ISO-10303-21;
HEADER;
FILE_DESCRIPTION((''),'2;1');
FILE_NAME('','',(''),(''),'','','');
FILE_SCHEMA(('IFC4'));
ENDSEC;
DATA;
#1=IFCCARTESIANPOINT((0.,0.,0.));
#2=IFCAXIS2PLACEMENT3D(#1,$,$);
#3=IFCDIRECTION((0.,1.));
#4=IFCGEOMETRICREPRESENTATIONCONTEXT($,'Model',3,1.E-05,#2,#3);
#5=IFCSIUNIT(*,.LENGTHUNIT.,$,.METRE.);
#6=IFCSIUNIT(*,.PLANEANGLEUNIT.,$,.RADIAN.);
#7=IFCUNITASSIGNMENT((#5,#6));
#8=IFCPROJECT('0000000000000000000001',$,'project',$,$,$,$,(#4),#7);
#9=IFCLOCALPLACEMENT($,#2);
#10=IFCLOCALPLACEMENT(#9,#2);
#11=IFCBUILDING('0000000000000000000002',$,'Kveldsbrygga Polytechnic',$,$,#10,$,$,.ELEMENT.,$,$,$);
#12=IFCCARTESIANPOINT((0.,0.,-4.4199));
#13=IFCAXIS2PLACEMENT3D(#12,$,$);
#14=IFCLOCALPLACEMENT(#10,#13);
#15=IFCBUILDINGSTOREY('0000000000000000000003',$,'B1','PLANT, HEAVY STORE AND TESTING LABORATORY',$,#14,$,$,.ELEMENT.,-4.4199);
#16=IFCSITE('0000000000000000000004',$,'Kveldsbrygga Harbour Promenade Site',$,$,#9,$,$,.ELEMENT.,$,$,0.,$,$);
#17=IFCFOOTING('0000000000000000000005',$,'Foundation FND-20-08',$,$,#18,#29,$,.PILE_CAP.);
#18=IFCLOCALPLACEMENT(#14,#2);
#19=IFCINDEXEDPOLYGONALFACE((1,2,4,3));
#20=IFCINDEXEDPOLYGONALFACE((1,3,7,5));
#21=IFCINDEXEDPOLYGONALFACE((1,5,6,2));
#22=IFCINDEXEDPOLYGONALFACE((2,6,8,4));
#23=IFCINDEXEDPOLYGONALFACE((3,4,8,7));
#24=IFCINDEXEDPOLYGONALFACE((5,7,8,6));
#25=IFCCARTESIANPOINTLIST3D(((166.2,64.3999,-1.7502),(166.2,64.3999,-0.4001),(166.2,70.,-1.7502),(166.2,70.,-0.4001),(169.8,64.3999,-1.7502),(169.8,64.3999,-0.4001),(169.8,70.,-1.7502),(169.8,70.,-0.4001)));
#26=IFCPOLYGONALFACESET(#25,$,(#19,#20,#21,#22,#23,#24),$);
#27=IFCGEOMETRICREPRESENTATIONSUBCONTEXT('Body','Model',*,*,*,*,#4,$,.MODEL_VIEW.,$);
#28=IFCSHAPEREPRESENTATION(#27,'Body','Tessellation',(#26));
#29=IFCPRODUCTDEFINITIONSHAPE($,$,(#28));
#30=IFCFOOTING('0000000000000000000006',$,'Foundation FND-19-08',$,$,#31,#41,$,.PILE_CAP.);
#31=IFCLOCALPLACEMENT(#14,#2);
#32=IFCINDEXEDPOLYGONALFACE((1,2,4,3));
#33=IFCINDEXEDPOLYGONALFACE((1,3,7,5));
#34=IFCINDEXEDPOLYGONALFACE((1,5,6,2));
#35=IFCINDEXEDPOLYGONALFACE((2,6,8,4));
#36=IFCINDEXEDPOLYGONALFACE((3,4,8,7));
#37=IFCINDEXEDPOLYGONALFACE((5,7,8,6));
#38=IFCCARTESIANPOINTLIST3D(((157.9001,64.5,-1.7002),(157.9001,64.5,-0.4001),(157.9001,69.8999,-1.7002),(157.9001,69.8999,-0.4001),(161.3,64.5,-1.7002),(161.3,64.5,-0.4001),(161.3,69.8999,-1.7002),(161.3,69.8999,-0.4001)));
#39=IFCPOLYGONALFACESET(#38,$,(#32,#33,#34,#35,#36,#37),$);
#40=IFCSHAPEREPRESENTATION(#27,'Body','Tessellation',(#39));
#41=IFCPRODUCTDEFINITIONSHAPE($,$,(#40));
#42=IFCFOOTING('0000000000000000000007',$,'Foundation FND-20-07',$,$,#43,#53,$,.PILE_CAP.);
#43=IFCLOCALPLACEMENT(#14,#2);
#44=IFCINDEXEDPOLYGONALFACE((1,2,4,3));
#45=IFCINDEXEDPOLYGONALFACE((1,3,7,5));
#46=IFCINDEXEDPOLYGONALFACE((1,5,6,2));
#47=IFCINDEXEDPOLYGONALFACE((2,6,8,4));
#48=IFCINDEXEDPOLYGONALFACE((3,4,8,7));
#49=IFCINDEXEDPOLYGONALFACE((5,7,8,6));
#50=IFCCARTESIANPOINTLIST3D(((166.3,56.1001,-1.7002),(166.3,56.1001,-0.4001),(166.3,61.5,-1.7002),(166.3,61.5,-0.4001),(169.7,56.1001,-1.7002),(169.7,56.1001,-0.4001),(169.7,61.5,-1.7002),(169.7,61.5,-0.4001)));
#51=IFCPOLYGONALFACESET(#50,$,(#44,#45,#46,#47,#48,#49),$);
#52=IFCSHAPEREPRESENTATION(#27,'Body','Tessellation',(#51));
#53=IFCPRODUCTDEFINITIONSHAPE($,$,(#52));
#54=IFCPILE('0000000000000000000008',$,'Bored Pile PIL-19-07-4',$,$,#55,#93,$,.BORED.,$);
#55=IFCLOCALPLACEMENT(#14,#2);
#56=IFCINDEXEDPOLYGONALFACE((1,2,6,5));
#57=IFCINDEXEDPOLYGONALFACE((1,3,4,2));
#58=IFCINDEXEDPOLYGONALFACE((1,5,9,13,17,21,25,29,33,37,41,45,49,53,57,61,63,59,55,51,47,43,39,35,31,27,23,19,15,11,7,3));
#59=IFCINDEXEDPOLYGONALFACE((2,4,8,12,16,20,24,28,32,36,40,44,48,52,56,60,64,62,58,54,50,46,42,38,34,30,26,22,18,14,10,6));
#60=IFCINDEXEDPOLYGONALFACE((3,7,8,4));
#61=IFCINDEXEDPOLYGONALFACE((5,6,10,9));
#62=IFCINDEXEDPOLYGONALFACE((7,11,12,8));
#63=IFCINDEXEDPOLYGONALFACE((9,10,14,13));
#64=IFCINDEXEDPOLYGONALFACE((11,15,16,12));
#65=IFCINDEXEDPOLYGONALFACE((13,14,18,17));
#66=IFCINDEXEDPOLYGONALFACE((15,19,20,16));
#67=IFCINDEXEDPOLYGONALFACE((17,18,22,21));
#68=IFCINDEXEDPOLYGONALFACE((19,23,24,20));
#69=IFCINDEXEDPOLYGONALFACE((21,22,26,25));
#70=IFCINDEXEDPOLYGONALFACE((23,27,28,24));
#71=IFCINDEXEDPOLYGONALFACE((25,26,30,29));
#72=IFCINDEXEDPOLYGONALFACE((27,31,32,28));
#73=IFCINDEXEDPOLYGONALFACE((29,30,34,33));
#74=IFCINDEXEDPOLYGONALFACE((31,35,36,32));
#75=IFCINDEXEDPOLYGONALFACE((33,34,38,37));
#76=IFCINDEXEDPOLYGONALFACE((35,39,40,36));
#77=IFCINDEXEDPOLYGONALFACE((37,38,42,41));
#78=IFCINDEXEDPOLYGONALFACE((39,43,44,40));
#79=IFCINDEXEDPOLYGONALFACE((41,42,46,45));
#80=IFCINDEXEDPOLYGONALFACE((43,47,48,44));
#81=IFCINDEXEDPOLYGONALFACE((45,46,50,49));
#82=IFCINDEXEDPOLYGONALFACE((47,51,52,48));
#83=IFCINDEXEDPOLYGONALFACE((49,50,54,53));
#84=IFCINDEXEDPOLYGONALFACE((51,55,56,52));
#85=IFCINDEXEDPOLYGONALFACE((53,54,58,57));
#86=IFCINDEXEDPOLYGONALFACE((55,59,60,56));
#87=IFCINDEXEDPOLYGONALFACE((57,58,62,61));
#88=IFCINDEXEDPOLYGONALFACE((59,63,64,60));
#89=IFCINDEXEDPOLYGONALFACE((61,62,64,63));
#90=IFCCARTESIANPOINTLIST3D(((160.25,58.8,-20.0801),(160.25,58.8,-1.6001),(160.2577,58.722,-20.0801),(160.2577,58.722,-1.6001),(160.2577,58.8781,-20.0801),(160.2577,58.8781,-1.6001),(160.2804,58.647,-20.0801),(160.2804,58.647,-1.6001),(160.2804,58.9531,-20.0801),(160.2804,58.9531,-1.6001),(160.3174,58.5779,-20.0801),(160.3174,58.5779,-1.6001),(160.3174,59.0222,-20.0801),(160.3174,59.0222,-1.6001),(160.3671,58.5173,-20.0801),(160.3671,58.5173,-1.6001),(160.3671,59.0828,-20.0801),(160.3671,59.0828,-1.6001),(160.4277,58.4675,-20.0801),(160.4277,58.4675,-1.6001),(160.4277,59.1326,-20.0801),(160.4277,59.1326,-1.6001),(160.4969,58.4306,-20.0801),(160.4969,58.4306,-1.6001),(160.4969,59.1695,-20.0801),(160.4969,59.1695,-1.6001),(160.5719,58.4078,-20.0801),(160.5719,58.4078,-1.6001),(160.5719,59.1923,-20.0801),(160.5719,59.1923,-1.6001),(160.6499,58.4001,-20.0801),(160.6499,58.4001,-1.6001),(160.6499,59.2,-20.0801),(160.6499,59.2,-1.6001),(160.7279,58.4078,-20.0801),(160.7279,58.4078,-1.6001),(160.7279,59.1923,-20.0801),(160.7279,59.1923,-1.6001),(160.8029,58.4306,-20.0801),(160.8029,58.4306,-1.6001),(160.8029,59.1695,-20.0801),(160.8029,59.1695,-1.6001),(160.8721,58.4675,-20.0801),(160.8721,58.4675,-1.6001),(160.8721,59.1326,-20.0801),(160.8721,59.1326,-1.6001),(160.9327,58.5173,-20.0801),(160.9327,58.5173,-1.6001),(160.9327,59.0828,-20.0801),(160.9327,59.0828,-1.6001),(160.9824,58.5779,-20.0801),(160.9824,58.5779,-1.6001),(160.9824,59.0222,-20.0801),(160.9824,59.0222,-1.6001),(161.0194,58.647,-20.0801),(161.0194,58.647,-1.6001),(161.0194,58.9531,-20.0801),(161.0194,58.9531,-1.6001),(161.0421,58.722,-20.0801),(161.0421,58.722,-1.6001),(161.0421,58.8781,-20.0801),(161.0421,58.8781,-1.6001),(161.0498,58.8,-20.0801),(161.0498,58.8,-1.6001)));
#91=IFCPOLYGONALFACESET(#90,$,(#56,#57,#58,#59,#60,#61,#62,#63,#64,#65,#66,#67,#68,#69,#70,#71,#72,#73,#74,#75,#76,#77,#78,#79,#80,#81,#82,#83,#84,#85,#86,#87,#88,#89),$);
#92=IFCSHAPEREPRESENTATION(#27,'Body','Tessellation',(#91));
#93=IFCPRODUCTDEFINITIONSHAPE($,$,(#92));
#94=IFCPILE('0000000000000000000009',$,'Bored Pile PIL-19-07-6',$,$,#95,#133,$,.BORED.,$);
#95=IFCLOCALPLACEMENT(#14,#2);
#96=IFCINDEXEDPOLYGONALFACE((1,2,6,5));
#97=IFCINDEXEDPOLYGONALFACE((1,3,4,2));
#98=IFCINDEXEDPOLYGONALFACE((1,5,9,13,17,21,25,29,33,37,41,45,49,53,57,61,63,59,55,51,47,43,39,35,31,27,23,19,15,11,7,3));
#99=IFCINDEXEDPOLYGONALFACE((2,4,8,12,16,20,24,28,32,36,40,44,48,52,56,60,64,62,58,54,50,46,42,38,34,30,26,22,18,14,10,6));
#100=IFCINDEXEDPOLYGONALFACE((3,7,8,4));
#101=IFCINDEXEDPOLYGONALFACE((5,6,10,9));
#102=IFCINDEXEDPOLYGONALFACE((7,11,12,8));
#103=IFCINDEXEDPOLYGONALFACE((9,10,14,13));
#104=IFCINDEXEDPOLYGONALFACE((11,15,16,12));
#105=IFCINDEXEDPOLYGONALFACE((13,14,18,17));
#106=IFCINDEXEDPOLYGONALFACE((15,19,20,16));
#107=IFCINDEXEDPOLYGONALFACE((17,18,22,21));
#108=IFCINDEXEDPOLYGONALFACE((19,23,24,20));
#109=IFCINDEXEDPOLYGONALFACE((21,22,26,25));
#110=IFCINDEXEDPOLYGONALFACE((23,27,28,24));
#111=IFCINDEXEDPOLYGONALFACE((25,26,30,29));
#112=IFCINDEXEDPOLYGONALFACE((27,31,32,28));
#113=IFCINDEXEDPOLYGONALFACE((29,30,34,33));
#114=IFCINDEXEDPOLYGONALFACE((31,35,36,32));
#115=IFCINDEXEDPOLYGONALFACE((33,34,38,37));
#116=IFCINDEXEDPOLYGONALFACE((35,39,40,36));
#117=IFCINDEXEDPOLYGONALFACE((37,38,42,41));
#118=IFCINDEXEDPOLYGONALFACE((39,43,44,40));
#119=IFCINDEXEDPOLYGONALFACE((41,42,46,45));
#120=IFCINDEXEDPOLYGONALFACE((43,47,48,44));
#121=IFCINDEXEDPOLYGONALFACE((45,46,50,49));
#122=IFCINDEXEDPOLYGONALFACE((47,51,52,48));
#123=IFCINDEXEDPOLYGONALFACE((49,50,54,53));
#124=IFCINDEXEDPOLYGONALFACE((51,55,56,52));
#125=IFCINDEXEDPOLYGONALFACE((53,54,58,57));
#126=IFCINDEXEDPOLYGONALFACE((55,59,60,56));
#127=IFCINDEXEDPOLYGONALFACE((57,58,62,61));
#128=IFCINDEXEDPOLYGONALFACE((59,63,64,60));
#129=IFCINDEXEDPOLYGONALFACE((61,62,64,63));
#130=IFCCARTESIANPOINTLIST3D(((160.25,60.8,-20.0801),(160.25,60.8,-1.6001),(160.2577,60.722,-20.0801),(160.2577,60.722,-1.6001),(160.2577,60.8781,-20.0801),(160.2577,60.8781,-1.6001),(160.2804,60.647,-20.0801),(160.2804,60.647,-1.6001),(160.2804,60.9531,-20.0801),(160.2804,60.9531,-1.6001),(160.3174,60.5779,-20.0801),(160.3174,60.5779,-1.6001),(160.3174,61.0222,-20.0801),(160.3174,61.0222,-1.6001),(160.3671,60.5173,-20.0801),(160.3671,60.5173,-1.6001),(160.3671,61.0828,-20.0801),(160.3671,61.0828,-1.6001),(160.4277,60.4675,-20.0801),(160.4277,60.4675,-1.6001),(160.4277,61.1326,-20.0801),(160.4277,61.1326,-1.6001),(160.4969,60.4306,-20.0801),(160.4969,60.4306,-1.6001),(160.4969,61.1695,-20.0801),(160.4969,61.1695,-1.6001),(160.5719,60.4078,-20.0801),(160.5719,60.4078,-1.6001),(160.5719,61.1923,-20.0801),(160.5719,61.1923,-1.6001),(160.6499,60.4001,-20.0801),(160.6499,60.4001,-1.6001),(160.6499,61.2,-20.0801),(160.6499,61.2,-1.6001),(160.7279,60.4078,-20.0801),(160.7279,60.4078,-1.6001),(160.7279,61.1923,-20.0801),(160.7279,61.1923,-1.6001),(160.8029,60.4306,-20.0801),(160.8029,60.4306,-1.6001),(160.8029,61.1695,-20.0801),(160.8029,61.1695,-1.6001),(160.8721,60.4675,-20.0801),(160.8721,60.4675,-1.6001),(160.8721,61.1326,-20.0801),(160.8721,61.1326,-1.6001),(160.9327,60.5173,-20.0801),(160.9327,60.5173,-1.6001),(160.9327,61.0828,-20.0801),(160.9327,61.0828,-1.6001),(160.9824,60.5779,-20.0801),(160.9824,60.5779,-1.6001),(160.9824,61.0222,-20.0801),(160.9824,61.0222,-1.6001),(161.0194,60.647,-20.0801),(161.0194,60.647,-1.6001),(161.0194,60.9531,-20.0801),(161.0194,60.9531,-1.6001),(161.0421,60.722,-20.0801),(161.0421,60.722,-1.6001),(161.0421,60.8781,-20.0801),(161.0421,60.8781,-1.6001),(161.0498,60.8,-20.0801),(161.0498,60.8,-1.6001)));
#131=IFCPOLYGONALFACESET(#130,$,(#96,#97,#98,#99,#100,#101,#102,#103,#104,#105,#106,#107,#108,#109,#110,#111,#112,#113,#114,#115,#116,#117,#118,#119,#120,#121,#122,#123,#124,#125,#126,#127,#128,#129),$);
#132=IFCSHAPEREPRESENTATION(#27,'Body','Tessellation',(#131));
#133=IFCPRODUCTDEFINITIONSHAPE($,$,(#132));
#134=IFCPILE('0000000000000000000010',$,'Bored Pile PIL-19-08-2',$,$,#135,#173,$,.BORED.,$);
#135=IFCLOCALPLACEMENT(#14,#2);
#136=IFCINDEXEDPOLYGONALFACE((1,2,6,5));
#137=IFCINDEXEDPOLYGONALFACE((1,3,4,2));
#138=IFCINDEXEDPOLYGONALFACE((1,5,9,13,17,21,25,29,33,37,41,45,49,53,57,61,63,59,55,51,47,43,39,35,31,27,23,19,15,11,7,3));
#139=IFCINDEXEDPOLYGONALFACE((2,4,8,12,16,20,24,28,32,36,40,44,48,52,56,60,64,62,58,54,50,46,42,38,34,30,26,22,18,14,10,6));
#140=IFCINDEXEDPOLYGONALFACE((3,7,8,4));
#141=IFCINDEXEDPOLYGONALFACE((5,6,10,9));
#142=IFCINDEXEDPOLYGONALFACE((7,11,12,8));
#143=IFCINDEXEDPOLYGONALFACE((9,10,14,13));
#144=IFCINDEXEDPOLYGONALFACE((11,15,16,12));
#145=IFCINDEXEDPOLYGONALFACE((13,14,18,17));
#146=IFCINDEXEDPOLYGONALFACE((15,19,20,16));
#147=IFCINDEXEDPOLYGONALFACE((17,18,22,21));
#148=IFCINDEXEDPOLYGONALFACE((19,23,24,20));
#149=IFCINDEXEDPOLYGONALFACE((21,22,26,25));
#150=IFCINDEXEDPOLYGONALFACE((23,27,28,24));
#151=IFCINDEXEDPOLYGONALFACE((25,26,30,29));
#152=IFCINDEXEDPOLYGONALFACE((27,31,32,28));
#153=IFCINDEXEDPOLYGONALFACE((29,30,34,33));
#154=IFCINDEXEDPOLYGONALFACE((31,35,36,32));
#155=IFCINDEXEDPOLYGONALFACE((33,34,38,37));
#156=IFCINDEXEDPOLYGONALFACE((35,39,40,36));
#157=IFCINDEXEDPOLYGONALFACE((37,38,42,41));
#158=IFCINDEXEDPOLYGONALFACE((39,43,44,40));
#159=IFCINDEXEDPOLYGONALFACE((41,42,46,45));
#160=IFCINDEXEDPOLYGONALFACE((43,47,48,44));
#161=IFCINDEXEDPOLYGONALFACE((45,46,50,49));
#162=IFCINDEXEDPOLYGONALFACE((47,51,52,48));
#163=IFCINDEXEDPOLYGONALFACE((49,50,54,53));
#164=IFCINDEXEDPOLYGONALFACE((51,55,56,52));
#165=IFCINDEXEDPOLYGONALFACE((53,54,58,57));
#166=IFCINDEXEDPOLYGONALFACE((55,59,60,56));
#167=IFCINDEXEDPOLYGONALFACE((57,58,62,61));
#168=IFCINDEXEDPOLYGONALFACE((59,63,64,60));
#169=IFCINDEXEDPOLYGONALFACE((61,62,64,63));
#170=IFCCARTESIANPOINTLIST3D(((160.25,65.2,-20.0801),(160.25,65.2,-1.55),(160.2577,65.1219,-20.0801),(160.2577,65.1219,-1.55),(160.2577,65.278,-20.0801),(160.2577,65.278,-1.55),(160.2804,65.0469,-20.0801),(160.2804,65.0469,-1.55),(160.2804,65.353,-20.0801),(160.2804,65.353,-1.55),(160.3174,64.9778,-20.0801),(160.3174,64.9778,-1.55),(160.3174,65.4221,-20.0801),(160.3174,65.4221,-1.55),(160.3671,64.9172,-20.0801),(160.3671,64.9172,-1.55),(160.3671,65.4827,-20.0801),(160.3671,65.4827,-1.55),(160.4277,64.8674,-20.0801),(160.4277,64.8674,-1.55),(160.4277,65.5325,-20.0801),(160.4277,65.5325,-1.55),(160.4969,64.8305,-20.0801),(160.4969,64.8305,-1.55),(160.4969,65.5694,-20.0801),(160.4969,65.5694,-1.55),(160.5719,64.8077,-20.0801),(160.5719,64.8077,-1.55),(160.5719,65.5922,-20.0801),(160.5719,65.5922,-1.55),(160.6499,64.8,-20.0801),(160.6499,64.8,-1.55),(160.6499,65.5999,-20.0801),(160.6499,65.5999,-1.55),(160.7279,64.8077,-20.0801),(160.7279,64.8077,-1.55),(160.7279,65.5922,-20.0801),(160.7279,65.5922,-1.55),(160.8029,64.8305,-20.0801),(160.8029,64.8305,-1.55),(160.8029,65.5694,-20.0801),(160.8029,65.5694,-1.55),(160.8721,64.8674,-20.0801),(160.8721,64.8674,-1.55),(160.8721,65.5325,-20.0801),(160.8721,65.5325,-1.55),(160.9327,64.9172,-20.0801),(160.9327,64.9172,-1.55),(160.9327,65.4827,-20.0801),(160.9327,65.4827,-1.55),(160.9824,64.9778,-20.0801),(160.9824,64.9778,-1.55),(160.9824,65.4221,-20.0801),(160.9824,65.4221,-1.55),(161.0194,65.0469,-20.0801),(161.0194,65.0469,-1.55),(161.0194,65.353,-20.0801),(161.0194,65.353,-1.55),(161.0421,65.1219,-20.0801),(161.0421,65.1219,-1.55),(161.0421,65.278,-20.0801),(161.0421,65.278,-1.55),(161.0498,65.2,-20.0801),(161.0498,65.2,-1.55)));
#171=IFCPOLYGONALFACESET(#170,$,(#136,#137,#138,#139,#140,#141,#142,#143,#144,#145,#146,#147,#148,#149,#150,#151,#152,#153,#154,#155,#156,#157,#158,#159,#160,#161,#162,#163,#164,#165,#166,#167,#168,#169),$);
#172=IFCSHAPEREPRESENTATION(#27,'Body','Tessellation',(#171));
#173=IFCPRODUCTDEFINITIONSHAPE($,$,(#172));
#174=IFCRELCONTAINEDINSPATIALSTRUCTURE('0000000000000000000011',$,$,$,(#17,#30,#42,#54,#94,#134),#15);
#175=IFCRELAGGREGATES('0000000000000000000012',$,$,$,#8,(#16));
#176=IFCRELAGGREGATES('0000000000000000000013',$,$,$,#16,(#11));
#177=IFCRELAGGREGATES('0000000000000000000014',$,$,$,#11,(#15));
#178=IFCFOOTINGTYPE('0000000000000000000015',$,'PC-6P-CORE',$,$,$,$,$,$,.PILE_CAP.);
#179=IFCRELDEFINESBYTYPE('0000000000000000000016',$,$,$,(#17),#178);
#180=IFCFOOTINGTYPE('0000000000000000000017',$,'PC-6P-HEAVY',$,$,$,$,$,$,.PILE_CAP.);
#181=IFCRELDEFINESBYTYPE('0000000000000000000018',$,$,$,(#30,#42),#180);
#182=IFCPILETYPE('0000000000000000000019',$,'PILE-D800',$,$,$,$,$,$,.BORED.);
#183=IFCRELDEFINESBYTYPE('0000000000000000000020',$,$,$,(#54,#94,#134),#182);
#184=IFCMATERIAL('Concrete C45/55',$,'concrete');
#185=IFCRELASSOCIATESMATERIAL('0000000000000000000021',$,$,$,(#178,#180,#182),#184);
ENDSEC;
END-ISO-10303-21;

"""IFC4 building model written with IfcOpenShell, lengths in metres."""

from ifc_helpers import new_model, si_unit, direction, frame, origin, origin_2d, place, context, subcontext, project, spatial, rectangle, circle, extrude, material, material_profile, profile_set, type_object, element, save


model = new_model("IFC4")

# Units and contexts
model_context = context("Model", 3, precision=1e-05, world=origin(), true_north=direction((0.0, 1.0)))
body_context = subcontext(model_context, "Body", "Model", "MODEL_VIEW")
ifc_project = project(units=[si_unit("LENGTHUNIT", "METRE"), si_unit("PLANEANGLEUNIT", "RADIAN")], contexts=[model_context])

# Site, building, storey
site_placement = place(None, origin())
site = spatial("IfcSite", under=ifc_project, at=site_placement, Name="Kveldsbrygga Harbour Promenade Site", CompositionType="ELEMENT", RefElevation=0.0)
building_placement = place(site_placement, origin())
building = spatial("IfcBuilding", under=site, at=building_placement, Name="Kveldsbrygga Polytechnic", CompositionType="ELEMENT")
storey_placement = place(building_placement, frame((0.0, 0.0, -4.4199)))
storey = spatial("IfcBuildingStorey", under=building, at=storey_placement, Name="B1", Description="PLANT, HEAVY STORE AND TESTING LABORATORY", CompositionType="ELEMENT", Elevation=-4.4199)

# Footings
ifc_material_1 = material(Name="Concrete C45/55", Category="concrete")
footing_type_1 = type_object("IfcFootingType", Name="PC-6P-CORE", PredefinedType="PILE_CAP", material=ifc_material_1)
footing_placement = place(storey_placement, frame((168.0, 67.2, -1.7502), z_axis=(0.0, 0.0, 1.0), x_axis=(1.0, 0.0, 0.0)))
element("IfcFooting", 1, at=footing_placement, inside=storey, type_object=footing_type_1, Name="Foundation FND-20-08", PredefinedType="PILE_CAP", context=body_context, shape_type="SweptSolid", body=[
    extrude(rectangle(XDim=3.6001, YDim=5.6001, at=origin_2d()), origin(), (0.0, 0.0, 1.0), 1.3501),
])
footing_type_2 = type_object("IfcFootingType", Name="PC-6P-HEAVY", PredefinedType="PILE_CAP", material=ifc_material_1)
for number, where, z_axis, x_axis, name in (
    (2, (159.6001, 67.2, -1.7002), (0.0, 0.0, 1.0), (1.0, 0.0, 0.0), "Foundation FND-19-08"),
    (3, (168.0, 58.8, -1.7002), (0.0, 0.0, 1.0), (1.0, 0.0, 0.0), "Foundation FND-20-07"),
):
    element("IfcFooting", number, at=place(storey_placement, frame(where, z_axis=z_axis, x_axis=x_axis)), inside=storey, type_object=footing_type_2, Name=name, PredefinedType="PILE_CAP", context=body_context, shape_type="SweptSolid", body=[
        extrude(rectangle(XDim=3.3999, YDim=5.3999, at=origin_2d()), origin(), (0.0, 0.0, 1.0), 1.3),
    ])

# Piles
ifc_material_profile_1 = material_profile(ifc_material_1, circle(Radius=0.3999, at=origin_2d()), Name="PILE D800")
ifc_profile_set_1 = profile_set([ifc_material_profile_1], Name="Concrete C45/55")
pile_type = type_object("IfcPileType", Name="PILE-D800", PredefinedType="BORED", material=ifc_profile_set_1)
for number, where, z_axis, x_axis, name in (
    (4, (160.6499, 58.8, -1.6001), (0.0, 0.0, -1.0), (1.0, 0.0, 0.0), "Bored Pile PIL-19-07-4"),
    (5, (160.6499, 60.8, -1.6001), (0.0, 0.0, -1.0), (1.0, 0.0, 0.0), "Bored Pile PIL-19-07-6"),
):
    element("IfcPile", number, at=place(storey_placement, frame(where, z_axis=z_axis, x_axis=x_axis)), inside=storey, type_object=pile_type, Name=name, PredefinedType="BORED", context=body_context, shape_type="SweptSolid", body=[
        extrude(circle(Radius=0.3999, at=origin_2d()), origin(), (0.0, 0.0, 1.0), 18.48),
    ])
for number, where, z_axis, x_axis, name in (
    (6, (160.6499, 65.2, -1.55), (0.0, 0.0, -1.0), (1.0, 0.0, 0.0), "Bored Pile PIL-19-08-2"),
):
    element("IfcPile", number, at=place(storey_placement, frame(where, z_axis=z_axis, x_axis=x_axis)), inside=storey, type_object=pile_type, Name=name, PredefinedType="BORED", context=body_context, shape_type="SweptSolid", body=[
        extrude(circle(Radius=0.3999, at=origin_2d()), origin(), (0.0, 0.0, 1.0), 18.53),
    ])

save(model, "model.ifc")
